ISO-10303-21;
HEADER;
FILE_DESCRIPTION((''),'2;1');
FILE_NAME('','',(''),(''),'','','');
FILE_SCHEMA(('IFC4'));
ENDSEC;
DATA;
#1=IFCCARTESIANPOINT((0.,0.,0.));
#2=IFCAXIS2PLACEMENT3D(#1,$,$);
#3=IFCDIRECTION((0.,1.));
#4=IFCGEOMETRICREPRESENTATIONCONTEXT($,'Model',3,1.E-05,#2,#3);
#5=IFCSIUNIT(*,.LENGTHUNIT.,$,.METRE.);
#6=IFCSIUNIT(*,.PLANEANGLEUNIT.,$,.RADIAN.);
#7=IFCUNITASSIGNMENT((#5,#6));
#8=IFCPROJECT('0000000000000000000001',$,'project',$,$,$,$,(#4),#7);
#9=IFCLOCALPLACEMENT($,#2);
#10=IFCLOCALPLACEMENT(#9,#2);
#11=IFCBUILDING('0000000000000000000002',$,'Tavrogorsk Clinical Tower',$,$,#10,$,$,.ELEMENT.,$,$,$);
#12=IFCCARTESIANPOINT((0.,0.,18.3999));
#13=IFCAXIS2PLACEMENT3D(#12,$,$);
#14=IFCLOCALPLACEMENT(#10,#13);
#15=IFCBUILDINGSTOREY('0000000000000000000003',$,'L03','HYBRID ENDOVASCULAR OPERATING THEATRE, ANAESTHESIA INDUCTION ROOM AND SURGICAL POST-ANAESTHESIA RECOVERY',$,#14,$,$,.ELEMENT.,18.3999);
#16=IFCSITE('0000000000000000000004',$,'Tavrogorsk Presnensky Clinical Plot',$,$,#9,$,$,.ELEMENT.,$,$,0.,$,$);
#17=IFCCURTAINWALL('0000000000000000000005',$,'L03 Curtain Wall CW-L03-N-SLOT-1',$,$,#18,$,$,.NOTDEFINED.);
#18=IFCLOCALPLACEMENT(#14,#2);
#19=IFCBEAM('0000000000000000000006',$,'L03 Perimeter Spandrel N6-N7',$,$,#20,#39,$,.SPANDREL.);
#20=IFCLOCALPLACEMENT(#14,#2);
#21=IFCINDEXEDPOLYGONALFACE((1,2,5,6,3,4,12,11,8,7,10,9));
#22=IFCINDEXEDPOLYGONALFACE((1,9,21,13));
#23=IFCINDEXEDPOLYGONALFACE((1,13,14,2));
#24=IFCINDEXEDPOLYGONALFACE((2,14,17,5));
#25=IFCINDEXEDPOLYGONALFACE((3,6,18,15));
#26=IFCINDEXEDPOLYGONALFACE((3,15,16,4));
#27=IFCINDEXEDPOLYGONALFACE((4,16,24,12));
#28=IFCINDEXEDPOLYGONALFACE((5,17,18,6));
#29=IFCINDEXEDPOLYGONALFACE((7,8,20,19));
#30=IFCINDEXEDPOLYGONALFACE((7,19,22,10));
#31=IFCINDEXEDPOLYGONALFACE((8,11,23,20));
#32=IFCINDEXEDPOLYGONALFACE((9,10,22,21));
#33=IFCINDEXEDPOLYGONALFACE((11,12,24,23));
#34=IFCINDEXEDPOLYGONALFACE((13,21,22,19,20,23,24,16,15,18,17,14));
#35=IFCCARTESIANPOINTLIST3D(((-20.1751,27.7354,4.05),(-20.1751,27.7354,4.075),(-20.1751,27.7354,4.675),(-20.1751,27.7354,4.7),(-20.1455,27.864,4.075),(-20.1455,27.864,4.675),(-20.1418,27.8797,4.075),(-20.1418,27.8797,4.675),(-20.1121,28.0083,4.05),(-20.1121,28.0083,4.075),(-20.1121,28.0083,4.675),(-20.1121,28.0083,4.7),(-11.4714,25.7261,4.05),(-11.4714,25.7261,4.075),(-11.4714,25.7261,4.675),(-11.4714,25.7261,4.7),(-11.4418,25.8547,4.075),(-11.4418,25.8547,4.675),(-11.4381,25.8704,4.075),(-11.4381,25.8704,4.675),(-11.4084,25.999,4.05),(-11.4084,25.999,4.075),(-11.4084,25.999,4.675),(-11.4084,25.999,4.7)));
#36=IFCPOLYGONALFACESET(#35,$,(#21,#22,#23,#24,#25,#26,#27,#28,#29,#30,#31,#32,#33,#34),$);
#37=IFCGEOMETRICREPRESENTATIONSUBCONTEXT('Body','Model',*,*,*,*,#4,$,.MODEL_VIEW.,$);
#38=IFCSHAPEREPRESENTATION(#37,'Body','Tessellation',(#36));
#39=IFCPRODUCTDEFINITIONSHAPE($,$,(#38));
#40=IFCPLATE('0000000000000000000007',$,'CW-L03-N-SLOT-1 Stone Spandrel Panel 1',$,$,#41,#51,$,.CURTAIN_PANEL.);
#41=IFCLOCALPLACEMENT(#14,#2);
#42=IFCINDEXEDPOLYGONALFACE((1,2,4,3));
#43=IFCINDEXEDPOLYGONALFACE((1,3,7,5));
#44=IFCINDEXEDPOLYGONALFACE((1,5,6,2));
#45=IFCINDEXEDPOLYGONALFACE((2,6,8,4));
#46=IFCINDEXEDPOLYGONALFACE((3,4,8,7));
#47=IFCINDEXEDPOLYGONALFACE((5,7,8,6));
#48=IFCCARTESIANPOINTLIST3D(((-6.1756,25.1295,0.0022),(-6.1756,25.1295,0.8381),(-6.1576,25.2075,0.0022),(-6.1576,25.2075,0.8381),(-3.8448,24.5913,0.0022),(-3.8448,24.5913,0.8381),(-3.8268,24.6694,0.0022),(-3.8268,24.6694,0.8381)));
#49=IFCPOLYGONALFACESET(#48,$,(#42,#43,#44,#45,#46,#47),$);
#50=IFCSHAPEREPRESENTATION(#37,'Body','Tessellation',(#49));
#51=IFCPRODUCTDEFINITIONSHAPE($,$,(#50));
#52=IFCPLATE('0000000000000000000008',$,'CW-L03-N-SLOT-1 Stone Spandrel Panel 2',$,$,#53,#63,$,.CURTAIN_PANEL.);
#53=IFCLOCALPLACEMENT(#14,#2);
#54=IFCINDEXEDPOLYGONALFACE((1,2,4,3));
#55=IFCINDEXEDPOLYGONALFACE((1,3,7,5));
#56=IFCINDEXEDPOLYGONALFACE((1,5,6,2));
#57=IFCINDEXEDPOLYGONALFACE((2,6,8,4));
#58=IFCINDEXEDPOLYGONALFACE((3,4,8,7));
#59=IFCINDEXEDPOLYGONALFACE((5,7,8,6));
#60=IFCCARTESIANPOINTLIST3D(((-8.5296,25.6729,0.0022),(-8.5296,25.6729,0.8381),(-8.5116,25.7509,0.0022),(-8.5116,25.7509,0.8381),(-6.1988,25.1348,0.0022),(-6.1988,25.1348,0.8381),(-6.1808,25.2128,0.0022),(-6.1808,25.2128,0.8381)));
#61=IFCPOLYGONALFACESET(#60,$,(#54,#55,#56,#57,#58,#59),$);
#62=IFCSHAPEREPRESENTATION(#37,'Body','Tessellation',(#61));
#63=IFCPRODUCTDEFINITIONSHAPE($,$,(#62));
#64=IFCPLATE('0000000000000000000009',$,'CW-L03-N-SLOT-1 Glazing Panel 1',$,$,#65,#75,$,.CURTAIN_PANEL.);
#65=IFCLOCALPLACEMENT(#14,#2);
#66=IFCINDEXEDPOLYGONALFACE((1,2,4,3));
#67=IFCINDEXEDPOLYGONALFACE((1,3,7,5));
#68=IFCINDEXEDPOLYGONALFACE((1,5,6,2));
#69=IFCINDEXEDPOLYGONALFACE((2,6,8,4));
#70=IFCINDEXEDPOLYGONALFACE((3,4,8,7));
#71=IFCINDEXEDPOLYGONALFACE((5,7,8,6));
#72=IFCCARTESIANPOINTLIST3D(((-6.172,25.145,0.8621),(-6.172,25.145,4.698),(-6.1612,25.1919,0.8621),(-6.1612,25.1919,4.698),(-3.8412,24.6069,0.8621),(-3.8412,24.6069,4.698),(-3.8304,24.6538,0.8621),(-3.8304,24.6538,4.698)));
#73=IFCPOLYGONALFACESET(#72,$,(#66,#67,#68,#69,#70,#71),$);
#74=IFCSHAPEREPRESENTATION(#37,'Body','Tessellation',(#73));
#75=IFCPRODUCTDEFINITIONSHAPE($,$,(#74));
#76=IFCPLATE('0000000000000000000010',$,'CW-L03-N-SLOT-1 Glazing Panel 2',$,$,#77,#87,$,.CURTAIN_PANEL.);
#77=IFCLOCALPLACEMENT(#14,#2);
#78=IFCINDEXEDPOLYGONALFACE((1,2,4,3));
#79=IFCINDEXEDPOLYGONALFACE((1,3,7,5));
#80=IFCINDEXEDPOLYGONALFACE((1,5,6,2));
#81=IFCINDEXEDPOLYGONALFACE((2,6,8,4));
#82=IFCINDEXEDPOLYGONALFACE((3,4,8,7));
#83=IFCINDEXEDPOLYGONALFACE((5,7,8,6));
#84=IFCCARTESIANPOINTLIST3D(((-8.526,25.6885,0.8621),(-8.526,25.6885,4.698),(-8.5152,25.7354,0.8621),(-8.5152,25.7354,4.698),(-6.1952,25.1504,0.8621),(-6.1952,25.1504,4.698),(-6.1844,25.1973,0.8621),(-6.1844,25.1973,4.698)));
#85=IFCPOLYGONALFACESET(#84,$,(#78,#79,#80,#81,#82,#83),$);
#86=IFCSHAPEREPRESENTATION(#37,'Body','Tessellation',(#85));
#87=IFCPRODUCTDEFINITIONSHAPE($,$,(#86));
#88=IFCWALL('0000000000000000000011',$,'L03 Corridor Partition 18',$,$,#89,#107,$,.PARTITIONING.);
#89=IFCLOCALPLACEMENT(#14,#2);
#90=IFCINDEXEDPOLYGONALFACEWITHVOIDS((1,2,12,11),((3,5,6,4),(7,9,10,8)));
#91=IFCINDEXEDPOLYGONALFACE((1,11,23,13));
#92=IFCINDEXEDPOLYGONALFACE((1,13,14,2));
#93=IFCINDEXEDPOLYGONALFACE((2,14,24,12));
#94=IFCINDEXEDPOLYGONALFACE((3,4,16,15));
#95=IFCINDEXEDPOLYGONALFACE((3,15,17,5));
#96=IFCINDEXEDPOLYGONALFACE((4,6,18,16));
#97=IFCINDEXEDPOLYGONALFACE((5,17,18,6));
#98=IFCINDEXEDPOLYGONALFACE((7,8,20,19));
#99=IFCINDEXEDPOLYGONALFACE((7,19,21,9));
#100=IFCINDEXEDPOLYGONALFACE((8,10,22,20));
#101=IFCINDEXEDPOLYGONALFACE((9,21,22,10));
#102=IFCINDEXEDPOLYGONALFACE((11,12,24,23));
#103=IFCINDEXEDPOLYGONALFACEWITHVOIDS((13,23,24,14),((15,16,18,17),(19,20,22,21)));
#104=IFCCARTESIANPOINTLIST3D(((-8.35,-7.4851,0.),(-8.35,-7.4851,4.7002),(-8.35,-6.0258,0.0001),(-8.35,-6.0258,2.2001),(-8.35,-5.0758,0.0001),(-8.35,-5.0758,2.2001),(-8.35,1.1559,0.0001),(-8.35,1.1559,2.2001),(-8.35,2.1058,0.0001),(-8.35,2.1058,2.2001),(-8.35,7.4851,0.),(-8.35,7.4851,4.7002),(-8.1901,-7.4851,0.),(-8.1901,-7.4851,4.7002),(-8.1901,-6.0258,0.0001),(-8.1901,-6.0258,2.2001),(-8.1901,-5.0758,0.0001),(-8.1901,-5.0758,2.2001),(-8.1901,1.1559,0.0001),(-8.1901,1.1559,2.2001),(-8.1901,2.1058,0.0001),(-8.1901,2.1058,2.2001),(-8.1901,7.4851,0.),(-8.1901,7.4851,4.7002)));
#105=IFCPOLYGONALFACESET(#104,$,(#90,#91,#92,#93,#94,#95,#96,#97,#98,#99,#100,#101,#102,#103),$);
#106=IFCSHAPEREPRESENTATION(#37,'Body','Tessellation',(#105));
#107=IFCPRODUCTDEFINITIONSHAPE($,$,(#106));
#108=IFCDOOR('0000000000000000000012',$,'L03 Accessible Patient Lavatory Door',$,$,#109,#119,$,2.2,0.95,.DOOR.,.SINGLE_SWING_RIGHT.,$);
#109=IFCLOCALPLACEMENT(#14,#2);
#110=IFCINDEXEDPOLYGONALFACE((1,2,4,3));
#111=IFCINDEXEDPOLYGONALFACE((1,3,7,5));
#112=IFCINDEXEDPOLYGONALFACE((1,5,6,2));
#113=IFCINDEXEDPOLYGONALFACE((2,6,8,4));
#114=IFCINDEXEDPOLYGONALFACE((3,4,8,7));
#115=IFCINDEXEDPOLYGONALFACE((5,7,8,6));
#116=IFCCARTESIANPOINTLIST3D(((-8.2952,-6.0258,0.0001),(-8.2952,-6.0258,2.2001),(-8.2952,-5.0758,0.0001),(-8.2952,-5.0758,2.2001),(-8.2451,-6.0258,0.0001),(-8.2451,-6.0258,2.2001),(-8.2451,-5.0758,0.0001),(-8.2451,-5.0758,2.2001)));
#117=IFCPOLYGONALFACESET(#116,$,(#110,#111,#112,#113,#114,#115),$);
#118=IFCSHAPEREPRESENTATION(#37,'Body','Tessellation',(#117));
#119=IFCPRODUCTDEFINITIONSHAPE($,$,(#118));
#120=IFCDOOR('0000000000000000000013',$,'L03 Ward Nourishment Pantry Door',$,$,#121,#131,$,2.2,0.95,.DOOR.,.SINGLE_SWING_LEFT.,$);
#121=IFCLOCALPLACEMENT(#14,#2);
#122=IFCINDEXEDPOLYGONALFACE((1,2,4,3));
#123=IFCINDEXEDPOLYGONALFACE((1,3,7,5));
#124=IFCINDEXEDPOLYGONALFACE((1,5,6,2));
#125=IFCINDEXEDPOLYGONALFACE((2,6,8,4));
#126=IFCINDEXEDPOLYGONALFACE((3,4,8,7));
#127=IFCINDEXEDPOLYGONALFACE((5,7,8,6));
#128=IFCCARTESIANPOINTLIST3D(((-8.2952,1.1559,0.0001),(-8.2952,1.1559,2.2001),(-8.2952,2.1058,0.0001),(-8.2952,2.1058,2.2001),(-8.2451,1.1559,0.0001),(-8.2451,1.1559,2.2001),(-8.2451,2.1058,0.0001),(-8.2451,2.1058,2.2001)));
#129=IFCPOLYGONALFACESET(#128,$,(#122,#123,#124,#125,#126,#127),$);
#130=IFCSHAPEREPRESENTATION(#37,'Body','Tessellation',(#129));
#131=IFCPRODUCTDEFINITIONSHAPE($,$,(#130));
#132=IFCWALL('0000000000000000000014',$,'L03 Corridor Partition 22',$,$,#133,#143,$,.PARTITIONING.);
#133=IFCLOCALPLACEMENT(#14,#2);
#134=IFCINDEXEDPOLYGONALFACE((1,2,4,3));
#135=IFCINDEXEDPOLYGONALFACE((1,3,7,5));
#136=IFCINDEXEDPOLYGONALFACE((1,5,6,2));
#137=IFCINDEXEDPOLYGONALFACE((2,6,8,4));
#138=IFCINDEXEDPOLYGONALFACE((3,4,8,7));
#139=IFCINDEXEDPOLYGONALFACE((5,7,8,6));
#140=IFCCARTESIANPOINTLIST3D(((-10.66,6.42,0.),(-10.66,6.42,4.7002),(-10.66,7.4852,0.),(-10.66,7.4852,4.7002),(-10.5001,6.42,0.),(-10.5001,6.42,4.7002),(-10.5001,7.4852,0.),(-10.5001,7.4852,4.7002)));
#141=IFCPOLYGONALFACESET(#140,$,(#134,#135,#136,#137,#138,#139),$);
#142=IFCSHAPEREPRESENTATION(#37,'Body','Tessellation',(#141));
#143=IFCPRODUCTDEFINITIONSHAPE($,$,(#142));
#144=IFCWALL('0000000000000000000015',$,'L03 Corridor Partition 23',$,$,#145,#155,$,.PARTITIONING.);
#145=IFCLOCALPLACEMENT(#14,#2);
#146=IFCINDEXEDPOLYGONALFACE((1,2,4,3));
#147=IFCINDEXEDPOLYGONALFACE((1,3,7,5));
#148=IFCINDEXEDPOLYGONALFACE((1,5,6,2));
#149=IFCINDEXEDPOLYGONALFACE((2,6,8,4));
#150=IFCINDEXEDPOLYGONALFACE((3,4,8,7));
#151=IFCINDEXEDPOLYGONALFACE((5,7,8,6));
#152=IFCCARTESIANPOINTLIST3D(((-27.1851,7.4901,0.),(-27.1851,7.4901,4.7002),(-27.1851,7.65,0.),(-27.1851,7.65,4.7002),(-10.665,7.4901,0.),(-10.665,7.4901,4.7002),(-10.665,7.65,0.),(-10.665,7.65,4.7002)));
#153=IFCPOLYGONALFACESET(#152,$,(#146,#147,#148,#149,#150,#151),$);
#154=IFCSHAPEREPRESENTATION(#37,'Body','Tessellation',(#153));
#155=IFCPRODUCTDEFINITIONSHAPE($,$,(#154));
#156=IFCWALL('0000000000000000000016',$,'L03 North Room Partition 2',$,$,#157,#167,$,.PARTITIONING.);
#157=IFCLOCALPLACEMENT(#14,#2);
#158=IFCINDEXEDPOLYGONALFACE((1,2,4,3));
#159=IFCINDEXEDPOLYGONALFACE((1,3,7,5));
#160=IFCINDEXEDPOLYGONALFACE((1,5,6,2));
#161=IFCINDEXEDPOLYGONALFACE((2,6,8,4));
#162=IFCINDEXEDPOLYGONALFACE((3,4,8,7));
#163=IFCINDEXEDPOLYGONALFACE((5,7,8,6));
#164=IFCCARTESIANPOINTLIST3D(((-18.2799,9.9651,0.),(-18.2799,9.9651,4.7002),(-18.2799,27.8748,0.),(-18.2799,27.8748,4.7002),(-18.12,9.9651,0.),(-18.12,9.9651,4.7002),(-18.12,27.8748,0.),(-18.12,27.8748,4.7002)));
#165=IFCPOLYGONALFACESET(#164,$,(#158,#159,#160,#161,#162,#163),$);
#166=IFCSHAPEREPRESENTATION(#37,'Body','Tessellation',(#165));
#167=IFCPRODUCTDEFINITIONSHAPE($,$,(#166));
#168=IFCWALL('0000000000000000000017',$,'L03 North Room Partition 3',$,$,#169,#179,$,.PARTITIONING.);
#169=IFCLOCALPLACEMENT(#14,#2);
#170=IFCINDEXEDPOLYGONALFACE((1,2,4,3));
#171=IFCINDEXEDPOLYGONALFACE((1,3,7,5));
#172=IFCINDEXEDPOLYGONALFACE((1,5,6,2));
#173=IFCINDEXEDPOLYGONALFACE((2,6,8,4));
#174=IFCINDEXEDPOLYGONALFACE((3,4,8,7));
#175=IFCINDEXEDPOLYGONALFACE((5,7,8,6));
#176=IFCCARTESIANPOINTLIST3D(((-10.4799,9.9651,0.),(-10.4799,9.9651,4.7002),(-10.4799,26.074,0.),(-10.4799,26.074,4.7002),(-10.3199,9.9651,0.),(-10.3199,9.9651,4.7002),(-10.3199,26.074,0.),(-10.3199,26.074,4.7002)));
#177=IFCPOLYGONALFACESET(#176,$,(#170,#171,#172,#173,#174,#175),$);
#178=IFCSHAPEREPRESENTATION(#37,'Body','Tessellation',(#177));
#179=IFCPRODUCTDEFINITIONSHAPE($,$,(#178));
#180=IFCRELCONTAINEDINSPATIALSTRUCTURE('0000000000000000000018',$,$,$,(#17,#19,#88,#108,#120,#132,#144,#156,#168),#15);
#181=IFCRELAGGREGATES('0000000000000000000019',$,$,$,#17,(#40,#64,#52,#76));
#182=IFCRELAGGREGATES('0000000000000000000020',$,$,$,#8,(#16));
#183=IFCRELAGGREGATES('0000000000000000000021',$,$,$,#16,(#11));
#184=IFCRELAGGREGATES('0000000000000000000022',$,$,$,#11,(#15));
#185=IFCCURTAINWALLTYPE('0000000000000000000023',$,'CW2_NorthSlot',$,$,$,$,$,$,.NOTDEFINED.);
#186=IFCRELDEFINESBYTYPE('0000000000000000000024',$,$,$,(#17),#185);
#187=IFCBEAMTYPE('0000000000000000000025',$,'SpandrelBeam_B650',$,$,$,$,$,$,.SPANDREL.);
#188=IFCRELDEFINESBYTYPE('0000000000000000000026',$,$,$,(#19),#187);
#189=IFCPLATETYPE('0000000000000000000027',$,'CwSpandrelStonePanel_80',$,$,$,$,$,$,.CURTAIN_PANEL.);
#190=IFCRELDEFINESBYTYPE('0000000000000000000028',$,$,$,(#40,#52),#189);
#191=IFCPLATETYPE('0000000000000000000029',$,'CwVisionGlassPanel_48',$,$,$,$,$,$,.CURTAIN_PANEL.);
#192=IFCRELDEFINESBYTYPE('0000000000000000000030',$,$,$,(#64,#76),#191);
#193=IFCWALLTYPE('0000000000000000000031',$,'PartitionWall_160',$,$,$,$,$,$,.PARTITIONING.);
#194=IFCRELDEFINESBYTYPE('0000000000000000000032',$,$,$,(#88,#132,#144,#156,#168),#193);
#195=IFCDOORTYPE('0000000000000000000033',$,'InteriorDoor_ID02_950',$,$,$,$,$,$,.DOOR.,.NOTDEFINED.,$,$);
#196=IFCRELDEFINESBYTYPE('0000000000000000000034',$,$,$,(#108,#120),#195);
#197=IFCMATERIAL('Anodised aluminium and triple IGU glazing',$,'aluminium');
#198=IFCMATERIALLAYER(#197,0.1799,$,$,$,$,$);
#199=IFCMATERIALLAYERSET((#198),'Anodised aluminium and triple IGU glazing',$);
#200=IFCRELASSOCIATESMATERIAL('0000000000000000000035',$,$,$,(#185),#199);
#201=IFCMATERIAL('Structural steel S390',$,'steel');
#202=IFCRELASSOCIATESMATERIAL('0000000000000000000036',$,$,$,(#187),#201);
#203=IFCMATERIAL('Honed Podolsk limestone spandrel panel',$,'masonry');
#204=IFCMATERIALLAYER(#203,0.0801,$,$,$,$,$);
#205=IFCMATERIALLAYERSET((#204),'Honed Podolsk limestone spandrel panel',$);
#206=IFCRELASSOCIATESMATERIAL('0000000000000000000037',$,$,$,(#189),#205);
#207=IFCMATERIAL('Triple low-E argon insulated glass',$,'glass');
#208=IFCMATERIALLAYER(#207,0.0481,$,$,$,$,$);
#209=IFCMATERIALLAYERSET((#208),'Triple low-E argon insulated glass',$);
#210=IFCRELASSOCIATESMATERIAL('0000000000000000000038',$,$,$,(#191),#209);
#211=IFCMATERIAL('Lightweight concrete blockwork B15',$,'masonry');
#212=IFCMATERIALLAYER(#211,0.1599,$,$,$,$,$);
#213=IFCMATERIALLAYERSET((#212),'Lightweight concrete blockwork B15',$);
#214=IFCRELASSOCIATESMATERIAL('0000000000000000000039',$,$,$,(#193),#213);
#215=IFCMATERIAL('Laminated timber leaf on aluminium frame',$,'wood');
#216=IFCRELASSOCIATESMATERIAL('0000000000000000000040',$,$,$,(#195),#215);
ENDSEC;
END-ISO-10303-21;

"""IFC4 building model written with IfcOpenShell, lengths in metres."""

from ifc_helpers import new_model, si_unit, direction, frame, frame_2d, origin, origin_2d, place, context, subcontext, project, spatial, rectangle, i_section, extrude, material, layer, layer_set, material_profile, profile_set, type_object, element, fill, aggregate, save


model = new_model("IFC4")

# Units and contexts
model_context = context("Model", 3, precision=1e-05, world=origin(), true_north=direction((0.0, 1.0)))
body_context = subcontext(model_context, "Body", "Model", "MODEL_VIEW")
ifc_project = project(units=[si_unit("LENGTHUNIT", "METRE"), si_unit("PLANEANGLEUNIT", "RADIAN")], contexts=[model_context])

# Site, building, storey
site_placement = place(None, origin())
site = spatial("IfcSite", under=ifc_project, at=site_placement, Name="Tavrogorsk Presnensky Clinical Plot", CompositionType="ELEMENT", RefElevation=0.0)
building_placement = place(site_placement, origin())
building = spatial("IfcBuilding", under=site, at=building_placement, Name="Tavrogorsk Clinical Tower", CompositionType="ELEMENT")
storey_placement = place(building_placement, frame((0.0, 0.0, 18.3999)))
storey = spatial("IfcBuildingStorey", under=building, at=storey_placement, Name="L03", Description="HYBRID ENDOVASCULAR OPERATING THEATRE, ANAESTHESIA INDUCTION ROOM AND SURGICAL POST-ANAESTHESIA RECOVERY", CompositionType="ELEMENT", Elevation=18.3999)

# Curtain wall
ifc_material_1 = material(Name="Anodised aluminium and triple IGU glazing", Category="aluminium")
ifc_layer_1 = layer(ifc_material_1, 0.1799)
ifc_layer_set_1 = layer_set([ifc_layer_1], Name="Anodised aluminium and triple IGU glazing")
curtain_wall_type = type_object("IfcCurtainWallType", Name="CW2_NorthSlot", PredefinedType="NOTDEFINED", material=ifc_layer_set_1)
curtain_wall_placement = place(storey_placement, origin())
curtain_wall = element("IfcCurtainWall", 1, at=curtain_wall_placement, inside=storey, type_object=curtain_wall_type, Name="L03 Curtain Wall CW-L03-N-SLOT-1", PredefinedType="NOTDEFINED")

# Beam
ifc_material_2 = material(Name="Structural steel S390", Category="steel")
ifc_material_profile_1 = material_profile(ifc_material_2, i_section(OverallWidth=0.28, OverallDepth=0.6499, WebThickness=0.0161, FlangeThickness=0.0249, at=origin_2d()), Name="B-650x280x16x25")
ifc_profile_set_1 = profile_set([ifc_material_profile_1], Name="Structural steel S390")
beam_type_1 = type_object("IfcBeamType", Name="SpandrelBeam_B650", PredefinedType="SPANDREL", material=ifc_profile_set_1)
beam_1_placement = place(storey_placement, frame((-11.4399, 25.8625, 4.375), z_axis=(-0.974373, 0.224939, 0.0), x_axis=(-0.224939, -0.974373, 0.0)))
element("IfcBeam", 2, at=beam_1_placement, inside=storey, type_object=beam_type_1, Name="L03 Perimeter Spandrel N6-N7", PredefinedType="SPANDREL", context=body_context, shape_type="SweptSolid", body=[
    extrude(i_section(OverallWidth=0.28, OverallDepth=0.6499, WebThickness=0.0161, FlangeThickness=0.0249, at=origin_2d()), origin(), (0.0, 0.0, 1.0), 8.9326),
])

# Plates
ifc_material_3 = material(Name="Honed Podolsk limestone spandrel panel", Category="masonry")
ifc_layer_2 = layer(ifc_material_3, 0.0801)
ifc_layer_set_2 = layer_set([ifc_layer_2], Name="Honed Podolsk limestone spandrel panel")
plate_type_1 = type_object("IfcPlateType", Name="CwSpandrelStonePanel_80", PredefinedType="CURTAIN_PANEL", material=ifc_layer_set_2)
plate_1_placement = place(storey_placement, frame((-5.0012, 24.8994, 0.0022), z_axis=(0.0, 0.0, 1.0), x_axis=(-0.97437, 0.224951, 0.0)))
plate_1 = element("IfcPlate", 3, at=plate_1_placement, type_object=plate_type_1, Name="CW-L03-N-SLOT-1 Stone Spandrel Panel 1", PredefinedType="CURTAIN_PANEL", context=body_context, shape_type="SweptSolid", body=[
    extrude(rectangle(XDim=2.3921, YDim=0.0801, at=origin_2d()), origin(), (0.0, 0.0, 1.0), 0.8359),
])
plate_2_placement = place(storey_placement, frame((-7.3552, 25.4429, 0.0022), z_axis=(0.0, 0.0, 1.0), x_axis=(-0.97437, 0.224951, 0.0)))
plate_2 = element("IfcPlate", 4, at=plate_2_placement, type_object=plate_type_1, Name="CW-L03-N-SLOT-1 Stone Spandrel Panel 2", PredefinedType="CURTAIN_PANEL", context=body_context, shape_type="SweptSolid", body=[
    extrude(rectangle(XDim=2.3921, YDim=0.0801, at=origin_2d()), origin(), (0.0, 0.0, 1.0), 0.8359),
])
ifc_material_4 = material(Name="Triple low-E argon insulated glass", Category="glass")
ifc_layer_3 = layer(ifc_material_4, 0.0481)
ifc_layer_set_3 = layer_set([ifc_layer_3], Name="Triple low-E argon insulated glass")
plate_type_2 = type_object("IfcPlateType", Name="CwVisionGlassPanel_48", PredefinedType="CURTAIN_PANEL", material=ifc_layer_set_3)
plate_3_placement = place(storey_placement, frame((-5.0012, 24.8994, 0.8621), z_axis=(0.0, 0.0, 1.0), x_axis=(-0.97437, 0.224951, 0.0)))
plate_3 = element("IfcPlate", 5, at=plate_3_placement, type_object=plate_type_2, Name="CW-L03-N-SLOT-1 Glazing Panel 1", PredefinedType="CURTAIN_PANEL", context=body_context, shape_type="SweptSolid", body=[
    extrude(rectangle(XDim=2.3921, YDim=0.0481, at=origin_2d()), origin(), (0.0, 0.0, 1.0), 3.8359),
])
plate_4_placement = place(storey_placement, frame((-7.3552, 25.4429, 0.8621), z_axis=(0.0, 0.0, 1.0), x_axis=(-0.97437, 0.224951, 0.0)))
plate_4 = element("IfcPlate", 6, at=plate_4_placement, type_object=plate_type_2, Name="CW-L03-N-SLOT-1 Glazing Panel 2", PredefinedType="CURTAIN_PANEL", context=body_context, shape_type="SweptSolid", body=[
    extrude(rectangle(XDim=2.3921, YDim=0.0481, at=origin_2d()), origin(), (0.0, 0.0, 1.0), 3.8359),
])
aggregate(curtain_wall, [plate_1, plate_3, plate_2, plate_4])

# Wall, openings, doors
ifc_material_5 = material(Name="Lightweight concrete blockwork B15", Category="masonry")
ifc_layer_4 = layer(ifc_material_5, 0.1599)
ifc_layer_set_4 = layer_set([ifc_layer_4], Name="Lightweight concrete blockwork B15")
wall_type_1 = type_object("IfcWallType", Name="PartitionWall_160", PredefinedType="PARTITIONING", material=ifc_layer_set_4)
wall_1_placement = place(storey_placement, frame((-8.27, 7.4851, 0.0), z_axis=(0.0, 0.0, 1.0), x_axis=(0.0, -1.0, 0.0)))
wall_1 = element("IfcWall", 7, at=wall_1_placement, inside=storey, type_object=wall_type_1, Name="L03 Corridor Partition 18", PredefinedType="PARTITIONING", context=body_context, shape_type="SweptSolid", body=[
    extrude(rectangle(XDim=14.9702, YDim=0.1599, at=frame_2d((7.4851, 0.0))), origin(), (0.0, 0.0, 1.0), 4.7002),
])
opening_1_placement = place(wall_1_placement, frame((12.5608, 0.0, 0.0)))
opening_1 = element("IfcOpeningElement", 8, at=opening_1_placement, cuts=wall_1, PredefinedType="OPENING", context=body_context, shape_type="SweptSolid", body=[
    extrude(rectangle(XDim=0.95, YDim=2.2, at=frame_2d((0.4751, 1.1001))), frame((0.0, 0.0898, 0.0), z_axis=(0.0, -1.0, 0.0), x_axis=(1.0, 0.0, 0.0)), (0.0, 0.0, 1.0), 0.1799),
])
opening_2_placement = place(wall_1_placement, frame((5.3792, 0.0, 0.0)))
opening_2 = element("IfcOpeningElement", 9, at=opening_2_placement, cuts=wall_1, PredefinedType="OPENING", context=body_context, shape_type="SweptSolid", body=[
    extrude(rectangle(XDim=0.95, YDim=2.2, at=frame_2d((0.4751, 1.1001))), frame((0.0, 0.0898, 0.0), z_axis=(0.0, -1.0, 0.0), x_axis=(1.0, 0.0, 0.0)), (0.0, 0.0, 1.0), 0.1799),
])
ifc_material_6 = material(Name="Laminated timber leaf on aluminium frame", Category="wood")
door_type = type_object("IfcDoorType", Name="InteriorDoor_ID02_950", OperationType="NOTDEFINED", PredefinedType="DOOR", material=ifc_material_6)
door_1_placement = place(opening_1_placement, origin())
door_1 = element("IfcDoor", 10, at=door_1_placement, inside=storey, type_object=door_type, Name="L03 Accessible Patient Lavatory Door", OperationType="SINGLE_SWING_RIGHT", OverallHeight=2.2, OverallWidth=0.95, PredefinedType="DOOR", context=body_context, shape_type="SweptSolid", body=[
    extrude(rectangle(XDim=0.95, YDim=2.2, at=frame_2d((0.4751, 1.1001))), frame((0.0, 0.0249, 0.0), z_axis=(0.0, -1.0, 0.0), x_axis=(1.0, 0.0, 0.0)), (0.0, 0.0, 1.0), 0.05),
])
fill(opening_1, door_1)
door_2_placement = place(opening_2_placement, origin())
door_2 = element("IfcDoor", 11, at=door_2_placement, inside=storey, type_object=door_type, Name="L03 Ward Nourishment Pantry Door", OperationType="SINGLE_SWING_LEFT", OverallHeight=2.2, OverallWidth=0.95, PredefinedType="DOOR", context=body_context, shape_type="SweptSolid", body=[
    extrude(rectangle(XDim=0.95, YDim=2.2, at=frame_2d((0.4751, 1.1001))), frame((0.0, 0.0249, 0.0), z_axis=(0.0, -1.0, 0.0), x_axis=(1.0, 0.0, 0.0)), (0.0, 0.0, 1.0), 0.05),
])
fill(opening_2, door_2)

# Walls
wall_2_placement = place(storey_placement, frame((-10.5801, 6.4199, 0.0), z_axis=(0.0, 0.0, 1.0), x_axis=(0.0, 1.0, 0.0)))
element("IfcWall", 12, at=wall_2_placement, inside=storey, type_object=wall_type_1, Name="L03 Corridor Partition 22", PredefinedType="PARTITIONING", context=body_context, shape_type="SweptSolid", body=[
    extrude(rectangle(XDim=1.0652, YDim=0.1599, at=frame_2d((0.5327, 0.0))), origin(), (0.0, 0.0, 1.0), 4.7002),
])
wall_3_placement = place(storey_placement, frame((-10.665, 7.5701, 0.0), z_axis=(0.0, 0.0, 1.0), x_axis=(-1.0, 0.0, 0.0)))
element("IfcWall", 13, at=wall_3_placement, inside=storey, type_object=wall_type_1, Name="L03 Corridor Partition 23", PredefinedType="PARTITIONING", context=body_context, shape_type="SweptSolid", body=[
    extrude(rectangle(XDim=16.52, YDim=0.1599, at=frame_2d((8.26, 0.0))), origin(), (0.0, 0.0, 1.0), 4.7002),
])
wall_4_placement = place(storey_placement, frame((-18.2, 9.9651, 0.0), z_axis=(0.0, 0.0, 1.0), x_axis=(0.0, 1.0, 0.0)))
element("IfcWall", 14, at=wall_4_placement, inside=storey, type_object=wall_type_1, Name="L03 North Room Partition 2", PredefinedType="PARTITIONING", context=body_context, shape_type="SweptSolid", body=[
    extrude(rectangle(XDim=17.9097, YDim=0.1599, at=frame_2d((8.9548, 0.0))), origin(), (0.0, 0.0, 1.0), 4.7002),
])
wall_5_placement = place(storey_placement, frame((-10.3999, 9.9651, 0.0), z_axis=(0.0, 0.0, 1.0), x_axis=(0.0, 1.0, 0.0)))
element("IfcWall", 15, at=wall_5_placement, inside=storey, type_object=wall_type_1, Name="L03 North Room Partition 3", PredefinedType="PARTITIONING", context=body_context, shape_type="SweptSolid", body=[
    extrude(rectangle(XDim=16.1089, YDim=0.1599, at=frame_2d((8.0544, 0.0))), origin(), (0.0, 0.0, 1.0), 4.7002),
])

save(model, "model.ifc")
